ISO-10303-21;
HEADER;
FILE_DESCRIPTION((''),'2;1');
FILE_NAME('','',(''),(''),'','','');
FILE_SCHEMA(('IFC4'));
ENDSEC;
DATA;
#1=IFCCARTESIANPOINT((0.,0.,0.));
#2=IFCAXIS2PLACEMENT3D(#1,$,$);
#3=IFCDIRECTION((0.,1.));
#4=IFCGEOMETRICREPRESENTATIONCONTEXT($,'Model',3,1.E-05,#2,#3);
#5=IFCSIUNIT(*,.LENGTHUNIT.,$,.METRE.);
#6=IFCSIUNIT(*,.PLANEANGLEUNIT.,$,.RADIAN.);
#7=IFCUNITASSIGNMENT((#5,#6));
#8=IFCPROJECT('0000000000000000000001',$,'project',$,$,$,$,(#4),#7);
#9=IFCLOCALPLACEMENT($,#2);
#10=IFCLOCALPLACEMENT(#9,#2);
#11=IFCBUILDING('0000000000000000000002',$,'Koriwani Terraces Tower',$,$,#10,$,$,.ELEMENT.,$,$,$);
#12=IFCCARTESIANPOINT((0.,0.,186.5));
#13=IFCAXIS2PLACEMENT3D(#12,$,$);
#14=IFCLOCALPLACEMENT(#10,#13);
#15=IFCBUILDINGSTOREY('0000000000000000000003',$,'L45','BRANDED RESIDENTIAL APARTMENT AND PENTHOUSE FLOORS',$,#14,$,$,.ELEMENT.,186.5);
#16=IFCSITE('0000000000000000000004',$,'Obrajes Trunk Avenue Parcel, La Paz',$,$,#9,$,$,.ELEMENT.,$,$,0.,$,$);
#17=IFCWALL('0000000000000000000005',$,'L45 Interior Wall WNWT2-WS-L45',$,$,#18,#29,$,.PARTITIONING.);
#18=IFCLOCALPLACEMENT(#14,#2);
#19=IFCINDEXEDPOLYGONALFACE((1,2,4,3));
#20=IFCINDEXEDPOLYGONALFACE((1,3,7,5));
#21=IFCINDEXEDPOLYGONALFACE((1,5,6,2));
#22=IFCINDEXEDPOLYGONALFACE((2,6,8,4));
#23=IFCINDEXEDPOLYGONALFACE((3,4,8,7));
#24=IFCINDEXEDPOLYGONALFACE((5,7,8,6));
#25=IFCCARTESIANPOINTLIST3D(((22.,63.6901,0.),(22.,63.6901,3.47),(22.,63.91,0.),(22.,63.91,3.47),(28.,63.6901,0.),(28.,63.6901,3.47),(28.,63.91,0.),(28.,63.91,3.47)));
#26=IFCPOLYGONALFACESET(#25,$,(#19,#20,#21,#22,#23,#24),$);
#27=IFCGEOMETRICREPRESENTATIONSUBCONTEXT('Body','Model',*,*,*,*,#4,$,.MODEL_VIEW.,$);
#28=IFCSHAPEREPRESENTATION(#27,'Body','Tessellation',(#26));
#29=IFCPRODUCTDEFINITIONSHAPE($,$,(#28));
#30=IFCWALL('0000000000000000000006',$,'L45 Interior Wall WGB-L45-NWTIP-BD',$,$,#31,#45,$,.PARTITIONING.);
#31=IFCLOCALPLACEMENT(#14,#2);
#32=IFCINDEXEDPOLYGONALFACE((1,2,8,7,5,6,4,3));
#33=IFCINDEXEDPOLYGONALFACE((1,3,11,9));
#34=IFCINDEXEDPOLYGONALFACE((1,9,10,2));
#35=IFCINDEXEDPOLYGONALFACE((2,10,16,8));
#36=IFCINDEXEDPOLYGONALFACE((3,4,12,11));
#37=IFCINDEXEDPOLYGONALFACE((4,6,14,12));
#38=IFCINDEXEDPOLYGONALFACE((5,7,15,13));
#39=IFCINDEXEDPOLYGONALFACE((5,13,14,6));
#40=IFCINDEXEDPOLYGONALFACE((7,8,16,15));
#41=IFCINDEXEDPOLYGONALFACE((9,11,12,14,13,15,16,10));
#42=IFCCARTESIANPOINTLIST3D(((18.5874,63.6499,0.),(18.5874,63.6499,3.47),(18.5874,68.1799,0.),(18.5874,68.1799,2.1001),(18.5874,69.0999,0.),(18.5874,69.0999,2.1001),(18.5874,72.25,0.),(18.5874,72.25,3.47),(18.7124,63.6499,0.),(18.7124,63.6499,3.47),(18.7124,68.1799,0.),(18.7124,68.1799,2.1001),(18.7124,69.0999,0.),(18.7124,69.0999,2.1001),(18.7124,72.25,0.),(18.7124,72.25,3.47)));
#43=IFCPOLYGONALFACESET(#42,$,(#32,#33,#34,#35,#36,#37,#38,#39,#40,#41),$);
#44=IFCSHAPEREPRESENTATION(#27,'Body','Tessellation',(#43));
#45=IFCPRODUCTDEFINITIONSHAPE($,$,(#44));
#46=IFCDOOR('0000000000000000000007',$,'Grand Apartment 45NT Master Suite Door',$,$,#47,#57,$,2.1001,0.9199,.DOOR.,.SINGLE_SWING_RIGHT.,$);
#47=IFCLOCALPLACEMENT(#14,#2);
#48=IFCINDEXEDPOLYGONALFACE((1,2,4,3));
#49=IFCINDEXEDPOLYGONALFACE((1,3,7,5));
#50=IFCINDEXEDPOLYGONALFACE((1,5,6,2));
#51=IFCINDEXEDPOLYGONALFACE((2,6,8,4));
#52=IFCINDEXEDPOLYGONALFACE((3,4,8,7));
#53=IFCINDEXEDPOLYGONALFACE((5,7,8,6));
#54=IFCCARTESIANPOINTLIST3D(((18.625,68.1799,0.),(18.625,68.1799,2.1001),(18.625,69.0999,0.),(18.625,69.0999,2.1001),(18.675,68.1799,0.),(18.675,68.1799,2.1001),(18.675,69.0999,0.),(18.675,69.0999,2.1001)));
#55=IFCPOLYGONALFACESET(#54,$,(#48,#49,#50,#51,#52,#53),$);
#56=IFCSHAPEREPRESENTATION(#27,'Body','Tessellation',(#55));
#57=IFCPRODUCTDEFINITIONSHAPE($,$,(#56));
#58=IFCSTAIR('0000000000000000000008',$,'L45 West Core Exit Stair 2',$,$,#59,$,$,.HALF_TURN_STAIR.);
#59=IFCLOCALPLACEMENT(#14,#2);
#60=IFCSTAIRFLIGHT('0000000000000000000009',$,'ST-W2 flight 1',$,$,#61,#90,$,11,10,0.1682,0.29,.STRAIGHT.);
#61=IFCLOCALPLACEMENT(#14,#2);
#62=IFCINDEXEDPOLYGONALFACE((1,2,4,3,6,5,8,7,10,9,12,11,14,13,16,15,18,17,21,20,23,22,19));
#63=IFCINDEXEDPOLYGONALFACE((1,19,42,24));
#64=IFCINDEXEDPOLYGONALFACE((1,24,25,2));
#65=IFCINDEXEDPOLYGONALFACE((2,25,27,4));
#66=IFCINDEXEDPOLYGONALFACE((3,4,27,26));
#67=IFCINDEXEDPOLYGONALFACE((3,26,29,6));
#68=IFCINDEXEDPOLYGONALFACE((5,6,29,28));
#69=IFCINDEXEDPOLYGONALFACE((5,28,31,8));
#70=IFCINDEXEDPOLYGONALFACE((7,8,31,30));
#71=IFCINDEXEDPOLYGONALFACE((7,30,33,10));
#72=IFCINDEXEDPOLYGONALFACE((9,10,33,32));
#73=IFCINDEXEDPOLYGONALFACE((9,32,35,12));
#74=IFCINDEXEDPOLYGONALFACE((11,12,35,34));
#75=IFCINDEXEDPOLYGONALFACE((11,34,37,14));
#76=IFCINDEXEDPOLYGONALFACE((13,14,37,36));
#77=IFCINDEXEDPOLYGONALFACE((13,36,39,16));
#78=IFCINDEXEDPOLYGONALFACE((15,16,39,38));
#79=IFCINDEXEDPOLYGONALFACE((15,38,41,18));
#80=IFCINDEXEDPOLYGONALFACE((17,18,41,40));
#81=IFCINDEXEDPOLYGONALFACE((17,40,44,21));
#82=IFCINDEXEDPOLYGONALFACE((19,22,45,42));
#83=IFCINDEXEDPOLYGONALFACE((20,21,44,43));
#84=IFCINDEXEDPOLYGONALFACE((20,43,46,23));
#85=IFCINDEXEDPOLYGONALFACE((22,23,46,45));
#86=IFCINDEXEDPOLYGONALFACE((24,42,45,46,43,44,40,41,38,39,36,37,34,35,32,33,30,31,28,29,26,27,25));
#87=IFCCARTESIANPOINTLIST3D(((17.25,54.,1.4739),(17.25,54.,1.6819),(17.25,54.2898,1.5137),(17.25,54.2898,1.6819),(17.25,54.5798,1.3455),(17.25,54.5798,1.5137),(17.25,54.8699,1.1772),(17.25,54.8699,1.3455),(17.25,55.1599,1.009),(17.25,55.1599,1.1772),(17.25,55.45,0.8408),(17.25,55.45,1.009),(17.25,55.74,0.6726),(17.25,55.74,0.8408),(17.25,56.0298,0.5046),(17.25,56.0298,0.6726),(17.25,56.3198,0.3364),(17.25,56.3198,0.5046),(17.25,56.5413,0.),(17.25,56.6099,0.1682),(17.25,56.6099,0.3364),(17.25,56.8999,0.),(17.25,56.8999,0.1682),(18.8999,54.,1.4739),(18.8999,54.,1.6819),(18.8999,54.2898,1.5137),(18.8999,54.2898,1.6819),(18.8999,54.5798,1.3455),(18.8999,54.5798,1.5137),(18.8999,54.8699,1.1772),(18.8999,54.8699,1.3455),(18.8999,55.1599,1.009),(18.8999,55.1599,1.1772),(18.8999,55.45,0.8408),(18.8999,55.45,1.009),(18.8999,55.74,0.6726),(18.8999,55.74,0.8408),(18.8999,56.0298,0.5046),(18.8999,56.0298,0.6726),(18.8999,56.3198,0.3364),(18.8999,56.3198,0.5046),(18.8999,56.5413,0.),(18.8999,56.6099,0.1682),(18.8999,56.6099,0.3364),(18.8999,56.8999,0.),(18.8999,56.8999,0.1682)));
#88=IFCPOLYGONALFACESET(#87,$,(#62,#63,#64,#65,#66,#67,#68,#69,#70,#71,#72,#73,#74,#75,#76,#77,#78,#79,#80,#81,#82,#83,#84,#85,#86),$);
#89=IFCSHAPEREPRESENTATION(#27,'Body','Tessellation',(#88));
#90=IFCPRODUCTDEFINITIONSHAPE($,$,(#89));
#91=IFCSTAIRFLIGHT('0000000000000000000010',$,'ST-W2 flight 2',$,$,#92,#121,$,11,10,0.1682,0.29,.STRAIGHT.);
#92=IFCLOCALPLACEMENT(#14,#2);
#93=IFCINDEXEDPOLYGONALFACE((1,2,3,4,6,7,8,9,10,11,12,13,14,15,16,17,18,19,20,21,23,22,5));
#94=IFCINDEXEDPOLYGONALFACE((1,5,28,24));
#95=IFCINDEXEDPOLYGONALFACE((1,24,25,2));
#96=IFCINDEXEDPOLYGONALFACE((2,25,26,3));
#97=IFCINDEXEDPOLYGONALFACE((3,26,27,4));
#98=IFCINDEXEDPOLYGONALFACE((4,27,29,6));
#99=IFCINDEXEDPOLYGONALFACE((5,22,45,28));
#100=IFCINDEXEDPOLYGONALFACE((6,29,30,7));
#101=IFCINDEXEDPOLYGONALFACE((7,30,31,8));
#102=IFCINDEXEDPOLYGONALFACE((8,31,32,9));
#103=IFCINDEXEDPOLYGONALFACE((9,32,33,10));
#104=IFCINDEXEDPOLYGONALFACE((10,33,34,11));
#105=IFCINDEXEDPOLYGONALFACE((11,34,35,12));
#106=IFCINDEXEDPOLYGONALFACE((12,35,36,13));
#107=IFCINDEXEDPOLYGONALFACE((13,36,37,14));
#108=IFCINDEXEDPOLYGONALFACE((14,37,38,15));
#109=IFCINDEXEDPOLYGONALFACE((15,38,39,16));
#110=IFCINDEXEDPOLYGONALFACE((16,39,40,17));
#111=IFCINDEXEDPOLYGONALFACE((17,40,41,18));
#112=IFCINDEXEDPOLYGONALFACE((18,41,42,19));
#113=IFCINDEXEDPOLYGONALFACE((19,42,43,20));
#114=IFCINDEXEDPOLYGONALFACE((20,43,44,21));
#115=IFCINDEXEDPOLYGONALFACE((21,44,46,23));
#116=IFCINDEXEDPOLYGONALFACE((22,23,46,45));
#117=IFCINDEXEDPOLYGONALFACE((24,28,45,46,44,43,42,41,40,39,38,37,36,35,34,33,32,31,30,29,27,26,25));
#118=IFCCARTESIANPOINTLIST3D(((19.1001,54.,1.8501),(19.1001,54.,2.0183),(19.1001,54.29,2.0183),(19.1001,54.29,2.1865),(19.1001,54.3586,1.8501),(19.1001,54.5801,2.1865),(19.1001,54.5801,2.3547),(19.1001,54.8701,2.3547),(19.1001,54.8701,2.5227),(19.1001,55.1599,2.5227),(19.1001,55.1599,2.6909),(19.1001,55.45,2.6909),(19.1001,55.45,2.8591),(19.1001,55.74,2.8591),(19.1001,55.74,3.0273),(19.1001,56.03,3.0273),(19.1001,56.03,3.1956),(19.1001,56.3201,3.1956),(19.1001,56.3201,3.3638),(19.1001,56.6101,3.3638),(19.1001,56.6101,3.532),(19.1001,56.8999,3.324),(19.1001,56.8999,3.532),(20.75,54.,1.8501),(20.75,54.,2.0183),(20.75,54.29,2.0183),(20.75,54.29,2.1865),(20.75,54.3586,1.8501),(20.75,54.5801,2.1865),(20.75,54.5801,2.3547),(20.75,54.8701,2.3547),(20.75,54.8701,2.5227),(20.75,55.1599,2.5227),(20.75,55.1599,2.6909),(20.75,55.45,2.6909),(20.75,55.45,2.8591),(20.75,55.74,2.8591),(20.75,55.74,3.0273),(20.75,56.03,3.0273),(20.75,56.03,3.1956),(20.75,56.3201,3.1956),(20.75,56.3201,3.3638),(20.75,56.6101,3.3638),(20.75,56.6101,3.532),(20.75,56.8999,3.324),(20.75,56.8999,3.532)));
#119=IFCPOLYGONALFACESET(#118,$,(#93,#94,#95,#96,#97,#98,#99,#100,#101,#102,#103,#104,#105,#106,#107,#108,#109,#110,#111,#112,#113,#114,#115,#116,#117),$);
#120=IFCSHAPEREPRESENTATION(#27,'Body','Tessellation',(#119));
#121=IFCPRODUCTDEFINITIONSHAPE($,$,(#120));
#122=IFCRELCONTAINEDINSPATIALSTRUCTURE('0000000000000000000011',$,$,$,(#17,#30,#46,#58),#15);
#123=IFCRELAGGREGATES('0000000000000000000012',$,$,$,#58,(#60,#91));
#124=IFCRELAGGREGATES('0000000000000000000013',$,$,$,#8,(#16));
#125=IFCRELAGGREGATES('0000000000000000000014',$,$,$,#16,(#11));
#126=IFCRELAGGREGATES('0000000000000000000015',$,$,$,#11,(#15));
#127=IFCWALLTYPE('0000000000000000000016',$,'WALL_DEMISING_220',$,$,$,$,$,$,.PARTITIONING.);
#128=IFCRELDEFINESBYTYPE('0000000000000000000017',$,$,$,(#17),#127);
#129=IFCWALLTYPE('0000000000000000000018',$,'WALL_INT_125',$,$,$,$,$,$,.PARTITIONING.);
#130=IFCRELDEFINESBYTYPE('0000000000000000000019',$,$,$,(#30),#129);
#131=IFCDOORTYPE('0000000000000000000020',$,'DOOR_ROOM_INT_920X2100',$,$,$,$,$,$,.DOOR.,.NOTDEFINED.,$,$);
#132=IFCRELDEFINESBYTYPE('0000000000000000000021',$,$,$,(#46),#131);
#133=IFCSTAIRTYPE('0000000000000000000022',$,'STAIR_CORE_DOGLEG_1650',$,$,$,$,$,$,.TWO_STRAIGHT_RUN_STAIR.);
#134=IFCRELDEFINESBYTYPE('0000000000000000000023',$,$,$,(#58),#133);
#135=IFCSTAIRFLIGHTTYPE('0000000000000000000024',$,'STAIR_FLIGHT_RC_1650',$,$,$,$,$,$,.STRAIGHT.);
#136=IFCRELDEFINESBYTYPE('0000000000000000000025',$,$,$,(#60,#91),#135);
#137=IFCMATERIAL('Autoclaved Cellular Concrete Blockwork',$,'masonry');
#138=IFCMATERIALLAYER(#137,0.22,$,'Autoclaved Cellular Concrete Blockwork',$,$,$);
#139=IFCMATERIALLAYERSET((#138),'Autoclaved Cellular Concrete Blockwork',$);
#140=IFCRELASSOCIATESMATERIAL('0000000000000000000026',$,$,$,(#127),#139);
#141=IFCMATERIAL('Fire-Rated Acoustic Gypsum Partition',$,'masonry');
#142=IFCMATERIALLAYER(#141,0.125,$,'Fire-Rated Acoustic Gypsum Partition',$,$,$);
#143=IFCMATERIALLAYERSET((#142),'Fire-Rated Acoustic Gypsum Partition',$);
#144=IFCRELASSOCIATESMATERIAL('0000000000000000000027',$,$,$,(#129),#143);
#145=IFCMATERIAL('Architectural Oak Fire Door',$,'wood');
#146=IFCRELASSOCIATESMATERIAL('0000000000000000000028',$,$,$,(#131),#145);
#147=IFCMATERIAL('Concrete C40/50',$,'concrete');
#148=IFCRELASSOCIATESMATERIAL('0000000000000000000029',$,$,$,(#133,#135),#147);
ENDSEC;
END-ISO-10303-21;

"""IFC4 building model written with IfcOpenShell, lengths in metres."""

from ifc_helpers import new_model, si_unit, direction, frame, frame_2d, origin, place, context, subcontext, project, spatial, polyline, rectangle, outline, extrude, material, layer, layer_set, type_object, element, fill, aggregate, save


model = new_model("IFC4")

# Units and contexts
model_context = context("Model", 3, precision=1e-05, world=origin(), true_north=direction((0.0, 1.0)))
body_context = subcontext(model_context, "Body", "Model", "MODEL_VIEW")
ifc_project = project(units=[si_unit("LENGTHUNIT", "METRE"), si_unit("PLANEANGLEUNIT", "RADIAN")], contexts=[model_context])

# Site, building, storey
site_placement = place(None, origin())
site = spatial("IfcSite", under=ifc_project, at=site_placement, Name="Obrajes Trunk Avenue Parcel, La Paz", CompositionType="ELEMENT", RefElevation=0.0)
building_placement = place(site_placement, origin())
building = spatial("IfcBuilding", under=site, at=building_placement, Name="Koriwani Terraces Tower", CompositionType="ELEMENT")
storey_placement = place(building_placement, frame((0.0, 0.0, 186.5)))
storey = spatial("IfcBuildingStorey", under=building, at=storey_placement, Name="L45", Description="BRANDED RESIDENTIAL APARTMENT AND PENTHOUSE FLOORS", CompositionType="ELEMENT", Elevation=186.5)

# Shared definitions
ifc_material_1 = material(Name="Concrete C40/50", Category="concrete")

# Wall
ifc_material_2 = material(Name="Autoclaved Cellular Concrete Blockwork", Category="masonry")
ifc_layer_1 = layer(ifc_material_2, 0.22, Name="Autoclaved Cellular Concrete Blockwork")
ifc_layer_set_1 = layer_set([ifc_layer_1], Name="Autoclaved Cellular Concrete Blockwork")
wall_type_1 = type_object("IfcWallType", Name="WALL_DEMISING_220", PredefinedType="PARTITIONING", material=ifc_layer_set_1)
wall_1_placement = place(storey_placement, frame((22.0, 63.8, 0.0), z_axis=(0.0, 0.0, 1.0), x_axis=(1.0, 0.0, 0.0)))
element("IfcWall", 1, at=wall_1_placement, inside=storey, type_object=wall_type_1, Name="L45 Interior Wall WNWT2-WS-L45", PredefinedType="PARTITIONING", context=body_context, shape_type="SweptSolid", body=[
    extrude(rectangle(XDim=6.0, YDim=0.22, at=frame_2d((3.0, 0.0))), origin(), (0.0, 0.0, 1.0), 3.47),
])

# Wall, opening, door
ifc_material_3 = material(Name="Fire-Rated Acoustic Gypsum Partition", Category="masonry")
ifc_layer_2 = layer(ifc_material_3, 0.125, Name="Fire-Rated Acoustic Gypsum Partition")
ifc_layer_set_2 = layer_set([ifc_layer_2], Name="Fire-Rated Acoustic Gypsum Partition")
wall_type_2 = type_object("IfcWallType", Name="WALL_INT_125", PredefinedType="PARTITIONING", material=ifc_layer_set_2)
wall_2_placement = place(storey_placement, frame((18.6499, 63.6499, 0.0), z_axis=(0.0, 0.0, 1.0), x_axis=(0.0, 1.0, 0.0)))
wall_2 = element("IfcWall", 2, at=wall_2_placement, inside=storey, type_object=wall_type_2, Name="L45 Interior Wall WGB-L45-NWTIP-BD", PredefinedType="PARTITIONING", context=body_context, shape_type="SweptSolid", body=[
    extrude(rectangle(XDim=8.6001, YDim=0.125, at=frame_2d((4.3, 0.0))), origin(), (0.0, 0.0, 1.0), 3.47),
])
opening_1_placement = place(wall_2_placement, frame((4.53, 0.0, 0.0)))
opening_1 = element("IfcOpeningElement", 3, at=opening_1_placement, cuts=wall_2, PredefinedType="OPENING", context=body_context, shape_type="SweptSolid", body=[
    extrude(rectangle(XDim=0.9199, YDim=2.1001, at=frame_2d((0.46, 1.05))), frame((0.0, 0.0725, 0.0), z_axis=(0.0, -1.0, 0.0), x_axis=(1.0, 0.0, 0.0)), (0.0, 0.0, 1.0), 0.145),
])
ifc_material_4 = material(Name="Architectural Oak Fire Door", Category="wood")
door_type_1 = type_object("IfcDoorType", Name="DOOR_ROOM_INT_920X2100", OperationType="NOTDEFINED", PredefinedType="DOOR", material=ifc_material_4)
door_1_placement = place(opening_1_placement, origin())
door_1 = element("IfcDoor", 4, at=door_1_placement, inside=storey, type_object=door_type_1, Name="Grand Apartment 45NT Master Suite Door", OperationType="SINGLE_SWING_RIGHT", OverallHeight=2.1001, OverallWidth=0.9199, PredefinedType="DOOR", context=body_context, shape_type="SweptSolid", body=[
    extrude(rectangle(XDim=0.9199, YDim=2.1001, at=frame_2d((0.46, 1.05))), frame((0.0, 0.0249, 0.0), z_axis=(0.0, -1.0, 0.0), x_axis=(1.0, 0.0, 0.0)), (0.0, 0.0, 1.0), 0.05),
])
fill(opening_1, door_1)

# Stair, stair flights
stair_type = type_object("IfcStairType", Name="STAIR_CORE_DOGLEG_1650", PredefinedType="TWO_STRAIGHT_RUN_STAIR", material=ifc_material_1)
stair_placement = place(storey_placement, origin())
stair = element("IfcStair", 5, at=stair_placement, inside=storey, type_object=stair_type, Name="L45 West Core Exit Stair 2", PredefinedType="HALF_TURN_STAIR")
stair_flight_type = type_object("IfcStairFlightType", Name="STAIR_FLIGHT_RC_1650", PredefinedType="STRAIGHT", material=ifc_material_1)
stair_flight_1_placement = place(storey_placement, frame((18.075, 56.8999, 0.0), z_axis=(0.0, 0.0, 1.0), x_axis=(0.0, -1.0, 0.0)))
stair_flight_1 = element("IfcStairFlight", 6, at=stair_flight_1_placement, type_object=stair_flight_type, Name="ST-W2 flight 1", NumberOfRisers=11, NumberOfTreads=10, PredefinedType="STRAIGHT", RiserHeight=0.1682, TreadLength=0.29, context=body_context, shape_type="SweptSolid", body=[
    extrude(outline(polyline([(0.0, 0.0), (0.0, 0.1682), (0.29, 0.1682), (0.29, 0.3364), (0.5801, 0.3364), (0.5801, 0.5046), (0.8701, 0.5046), (0.8701, 0.6726), (1.1599, 0.6726), (1.1599, 0.8408), (1.45, 0.8408), (1.45, 1.009), (1.74, 1.009), (1.74, 1.1772), (2.03, 1.1772), (2.03, 1.3455), (2.3201, 1.3455), (2.3201, 1.5137), (2.6101, 1.5137), (2.6101, 1.6819), (2.8999, 1.6819), (2.8999, 1.8501), (2.8999, 1.4739), (0.3586, 0.0), (0.0, 0.0)])), frame((0.0, 0.825, 0.0), z_axis=(0.0, -1.0, 0.0), x_axis=(1.0, 0.0, 0.0)), (0.0, 0.0, 1.0), 1.6499),
])
stair_flight_2_placement = place(storey_placement, frame((19.925, 54.0, 1.8501), z_axis=(0.0, 0.0, 1.0), x_axis=(0.0, 1.0, 0.0)))
stair_flight_2 = element("IfcStairFlight", 7, at=stair_flight_2_placement, type_object=stair_flight_type, Name="ST-W2 flight 2", NumberOfRisers=11, NumberOfTreads=10, PredefinedType="STRAIGHT", RiserHeight=0.1682, TreadLength=0.29, context=body_context, shape_type="SweptSolid", body=[
    extrude(outline(polyline([(0.0, 0.0), (0.0, 0.1682), (0.29, 0.1682), (0.29, 0.3364), (0.5801, 0.3364), (0.5801, 0.5046), (0.8701, 0.5046), (0.8701, 0.6726), (1.1599, 0.6726), (1.1599, 0.8408), (1.45, 0.8408), (1.45, 1.009), (1.74, 1.009), (1.74, 1.1772), (2.03, 1.1772), (2.03, 1.3455), (2.3201, 1.3455), (2.3201, 1.5137), (2.6101, 1.5137), (2.6101, 1.6819), (2.8999, 1.6819), (2.8999, 1.8501), (2.8999, 1.4739), (0.3586, 0.0), (0.0, 0.0)])), frame((0.0, 0.825, 0.0), z_axis=(0.0, -1.0, 0.0), x_axis=(1.0, 0.0, 0.0)), (0.0, 0.0, 1.0), 1.6499),
])
aggregate(stair, [stair_flight_1, stair_flight_2])

save(model, "model.ifc")
